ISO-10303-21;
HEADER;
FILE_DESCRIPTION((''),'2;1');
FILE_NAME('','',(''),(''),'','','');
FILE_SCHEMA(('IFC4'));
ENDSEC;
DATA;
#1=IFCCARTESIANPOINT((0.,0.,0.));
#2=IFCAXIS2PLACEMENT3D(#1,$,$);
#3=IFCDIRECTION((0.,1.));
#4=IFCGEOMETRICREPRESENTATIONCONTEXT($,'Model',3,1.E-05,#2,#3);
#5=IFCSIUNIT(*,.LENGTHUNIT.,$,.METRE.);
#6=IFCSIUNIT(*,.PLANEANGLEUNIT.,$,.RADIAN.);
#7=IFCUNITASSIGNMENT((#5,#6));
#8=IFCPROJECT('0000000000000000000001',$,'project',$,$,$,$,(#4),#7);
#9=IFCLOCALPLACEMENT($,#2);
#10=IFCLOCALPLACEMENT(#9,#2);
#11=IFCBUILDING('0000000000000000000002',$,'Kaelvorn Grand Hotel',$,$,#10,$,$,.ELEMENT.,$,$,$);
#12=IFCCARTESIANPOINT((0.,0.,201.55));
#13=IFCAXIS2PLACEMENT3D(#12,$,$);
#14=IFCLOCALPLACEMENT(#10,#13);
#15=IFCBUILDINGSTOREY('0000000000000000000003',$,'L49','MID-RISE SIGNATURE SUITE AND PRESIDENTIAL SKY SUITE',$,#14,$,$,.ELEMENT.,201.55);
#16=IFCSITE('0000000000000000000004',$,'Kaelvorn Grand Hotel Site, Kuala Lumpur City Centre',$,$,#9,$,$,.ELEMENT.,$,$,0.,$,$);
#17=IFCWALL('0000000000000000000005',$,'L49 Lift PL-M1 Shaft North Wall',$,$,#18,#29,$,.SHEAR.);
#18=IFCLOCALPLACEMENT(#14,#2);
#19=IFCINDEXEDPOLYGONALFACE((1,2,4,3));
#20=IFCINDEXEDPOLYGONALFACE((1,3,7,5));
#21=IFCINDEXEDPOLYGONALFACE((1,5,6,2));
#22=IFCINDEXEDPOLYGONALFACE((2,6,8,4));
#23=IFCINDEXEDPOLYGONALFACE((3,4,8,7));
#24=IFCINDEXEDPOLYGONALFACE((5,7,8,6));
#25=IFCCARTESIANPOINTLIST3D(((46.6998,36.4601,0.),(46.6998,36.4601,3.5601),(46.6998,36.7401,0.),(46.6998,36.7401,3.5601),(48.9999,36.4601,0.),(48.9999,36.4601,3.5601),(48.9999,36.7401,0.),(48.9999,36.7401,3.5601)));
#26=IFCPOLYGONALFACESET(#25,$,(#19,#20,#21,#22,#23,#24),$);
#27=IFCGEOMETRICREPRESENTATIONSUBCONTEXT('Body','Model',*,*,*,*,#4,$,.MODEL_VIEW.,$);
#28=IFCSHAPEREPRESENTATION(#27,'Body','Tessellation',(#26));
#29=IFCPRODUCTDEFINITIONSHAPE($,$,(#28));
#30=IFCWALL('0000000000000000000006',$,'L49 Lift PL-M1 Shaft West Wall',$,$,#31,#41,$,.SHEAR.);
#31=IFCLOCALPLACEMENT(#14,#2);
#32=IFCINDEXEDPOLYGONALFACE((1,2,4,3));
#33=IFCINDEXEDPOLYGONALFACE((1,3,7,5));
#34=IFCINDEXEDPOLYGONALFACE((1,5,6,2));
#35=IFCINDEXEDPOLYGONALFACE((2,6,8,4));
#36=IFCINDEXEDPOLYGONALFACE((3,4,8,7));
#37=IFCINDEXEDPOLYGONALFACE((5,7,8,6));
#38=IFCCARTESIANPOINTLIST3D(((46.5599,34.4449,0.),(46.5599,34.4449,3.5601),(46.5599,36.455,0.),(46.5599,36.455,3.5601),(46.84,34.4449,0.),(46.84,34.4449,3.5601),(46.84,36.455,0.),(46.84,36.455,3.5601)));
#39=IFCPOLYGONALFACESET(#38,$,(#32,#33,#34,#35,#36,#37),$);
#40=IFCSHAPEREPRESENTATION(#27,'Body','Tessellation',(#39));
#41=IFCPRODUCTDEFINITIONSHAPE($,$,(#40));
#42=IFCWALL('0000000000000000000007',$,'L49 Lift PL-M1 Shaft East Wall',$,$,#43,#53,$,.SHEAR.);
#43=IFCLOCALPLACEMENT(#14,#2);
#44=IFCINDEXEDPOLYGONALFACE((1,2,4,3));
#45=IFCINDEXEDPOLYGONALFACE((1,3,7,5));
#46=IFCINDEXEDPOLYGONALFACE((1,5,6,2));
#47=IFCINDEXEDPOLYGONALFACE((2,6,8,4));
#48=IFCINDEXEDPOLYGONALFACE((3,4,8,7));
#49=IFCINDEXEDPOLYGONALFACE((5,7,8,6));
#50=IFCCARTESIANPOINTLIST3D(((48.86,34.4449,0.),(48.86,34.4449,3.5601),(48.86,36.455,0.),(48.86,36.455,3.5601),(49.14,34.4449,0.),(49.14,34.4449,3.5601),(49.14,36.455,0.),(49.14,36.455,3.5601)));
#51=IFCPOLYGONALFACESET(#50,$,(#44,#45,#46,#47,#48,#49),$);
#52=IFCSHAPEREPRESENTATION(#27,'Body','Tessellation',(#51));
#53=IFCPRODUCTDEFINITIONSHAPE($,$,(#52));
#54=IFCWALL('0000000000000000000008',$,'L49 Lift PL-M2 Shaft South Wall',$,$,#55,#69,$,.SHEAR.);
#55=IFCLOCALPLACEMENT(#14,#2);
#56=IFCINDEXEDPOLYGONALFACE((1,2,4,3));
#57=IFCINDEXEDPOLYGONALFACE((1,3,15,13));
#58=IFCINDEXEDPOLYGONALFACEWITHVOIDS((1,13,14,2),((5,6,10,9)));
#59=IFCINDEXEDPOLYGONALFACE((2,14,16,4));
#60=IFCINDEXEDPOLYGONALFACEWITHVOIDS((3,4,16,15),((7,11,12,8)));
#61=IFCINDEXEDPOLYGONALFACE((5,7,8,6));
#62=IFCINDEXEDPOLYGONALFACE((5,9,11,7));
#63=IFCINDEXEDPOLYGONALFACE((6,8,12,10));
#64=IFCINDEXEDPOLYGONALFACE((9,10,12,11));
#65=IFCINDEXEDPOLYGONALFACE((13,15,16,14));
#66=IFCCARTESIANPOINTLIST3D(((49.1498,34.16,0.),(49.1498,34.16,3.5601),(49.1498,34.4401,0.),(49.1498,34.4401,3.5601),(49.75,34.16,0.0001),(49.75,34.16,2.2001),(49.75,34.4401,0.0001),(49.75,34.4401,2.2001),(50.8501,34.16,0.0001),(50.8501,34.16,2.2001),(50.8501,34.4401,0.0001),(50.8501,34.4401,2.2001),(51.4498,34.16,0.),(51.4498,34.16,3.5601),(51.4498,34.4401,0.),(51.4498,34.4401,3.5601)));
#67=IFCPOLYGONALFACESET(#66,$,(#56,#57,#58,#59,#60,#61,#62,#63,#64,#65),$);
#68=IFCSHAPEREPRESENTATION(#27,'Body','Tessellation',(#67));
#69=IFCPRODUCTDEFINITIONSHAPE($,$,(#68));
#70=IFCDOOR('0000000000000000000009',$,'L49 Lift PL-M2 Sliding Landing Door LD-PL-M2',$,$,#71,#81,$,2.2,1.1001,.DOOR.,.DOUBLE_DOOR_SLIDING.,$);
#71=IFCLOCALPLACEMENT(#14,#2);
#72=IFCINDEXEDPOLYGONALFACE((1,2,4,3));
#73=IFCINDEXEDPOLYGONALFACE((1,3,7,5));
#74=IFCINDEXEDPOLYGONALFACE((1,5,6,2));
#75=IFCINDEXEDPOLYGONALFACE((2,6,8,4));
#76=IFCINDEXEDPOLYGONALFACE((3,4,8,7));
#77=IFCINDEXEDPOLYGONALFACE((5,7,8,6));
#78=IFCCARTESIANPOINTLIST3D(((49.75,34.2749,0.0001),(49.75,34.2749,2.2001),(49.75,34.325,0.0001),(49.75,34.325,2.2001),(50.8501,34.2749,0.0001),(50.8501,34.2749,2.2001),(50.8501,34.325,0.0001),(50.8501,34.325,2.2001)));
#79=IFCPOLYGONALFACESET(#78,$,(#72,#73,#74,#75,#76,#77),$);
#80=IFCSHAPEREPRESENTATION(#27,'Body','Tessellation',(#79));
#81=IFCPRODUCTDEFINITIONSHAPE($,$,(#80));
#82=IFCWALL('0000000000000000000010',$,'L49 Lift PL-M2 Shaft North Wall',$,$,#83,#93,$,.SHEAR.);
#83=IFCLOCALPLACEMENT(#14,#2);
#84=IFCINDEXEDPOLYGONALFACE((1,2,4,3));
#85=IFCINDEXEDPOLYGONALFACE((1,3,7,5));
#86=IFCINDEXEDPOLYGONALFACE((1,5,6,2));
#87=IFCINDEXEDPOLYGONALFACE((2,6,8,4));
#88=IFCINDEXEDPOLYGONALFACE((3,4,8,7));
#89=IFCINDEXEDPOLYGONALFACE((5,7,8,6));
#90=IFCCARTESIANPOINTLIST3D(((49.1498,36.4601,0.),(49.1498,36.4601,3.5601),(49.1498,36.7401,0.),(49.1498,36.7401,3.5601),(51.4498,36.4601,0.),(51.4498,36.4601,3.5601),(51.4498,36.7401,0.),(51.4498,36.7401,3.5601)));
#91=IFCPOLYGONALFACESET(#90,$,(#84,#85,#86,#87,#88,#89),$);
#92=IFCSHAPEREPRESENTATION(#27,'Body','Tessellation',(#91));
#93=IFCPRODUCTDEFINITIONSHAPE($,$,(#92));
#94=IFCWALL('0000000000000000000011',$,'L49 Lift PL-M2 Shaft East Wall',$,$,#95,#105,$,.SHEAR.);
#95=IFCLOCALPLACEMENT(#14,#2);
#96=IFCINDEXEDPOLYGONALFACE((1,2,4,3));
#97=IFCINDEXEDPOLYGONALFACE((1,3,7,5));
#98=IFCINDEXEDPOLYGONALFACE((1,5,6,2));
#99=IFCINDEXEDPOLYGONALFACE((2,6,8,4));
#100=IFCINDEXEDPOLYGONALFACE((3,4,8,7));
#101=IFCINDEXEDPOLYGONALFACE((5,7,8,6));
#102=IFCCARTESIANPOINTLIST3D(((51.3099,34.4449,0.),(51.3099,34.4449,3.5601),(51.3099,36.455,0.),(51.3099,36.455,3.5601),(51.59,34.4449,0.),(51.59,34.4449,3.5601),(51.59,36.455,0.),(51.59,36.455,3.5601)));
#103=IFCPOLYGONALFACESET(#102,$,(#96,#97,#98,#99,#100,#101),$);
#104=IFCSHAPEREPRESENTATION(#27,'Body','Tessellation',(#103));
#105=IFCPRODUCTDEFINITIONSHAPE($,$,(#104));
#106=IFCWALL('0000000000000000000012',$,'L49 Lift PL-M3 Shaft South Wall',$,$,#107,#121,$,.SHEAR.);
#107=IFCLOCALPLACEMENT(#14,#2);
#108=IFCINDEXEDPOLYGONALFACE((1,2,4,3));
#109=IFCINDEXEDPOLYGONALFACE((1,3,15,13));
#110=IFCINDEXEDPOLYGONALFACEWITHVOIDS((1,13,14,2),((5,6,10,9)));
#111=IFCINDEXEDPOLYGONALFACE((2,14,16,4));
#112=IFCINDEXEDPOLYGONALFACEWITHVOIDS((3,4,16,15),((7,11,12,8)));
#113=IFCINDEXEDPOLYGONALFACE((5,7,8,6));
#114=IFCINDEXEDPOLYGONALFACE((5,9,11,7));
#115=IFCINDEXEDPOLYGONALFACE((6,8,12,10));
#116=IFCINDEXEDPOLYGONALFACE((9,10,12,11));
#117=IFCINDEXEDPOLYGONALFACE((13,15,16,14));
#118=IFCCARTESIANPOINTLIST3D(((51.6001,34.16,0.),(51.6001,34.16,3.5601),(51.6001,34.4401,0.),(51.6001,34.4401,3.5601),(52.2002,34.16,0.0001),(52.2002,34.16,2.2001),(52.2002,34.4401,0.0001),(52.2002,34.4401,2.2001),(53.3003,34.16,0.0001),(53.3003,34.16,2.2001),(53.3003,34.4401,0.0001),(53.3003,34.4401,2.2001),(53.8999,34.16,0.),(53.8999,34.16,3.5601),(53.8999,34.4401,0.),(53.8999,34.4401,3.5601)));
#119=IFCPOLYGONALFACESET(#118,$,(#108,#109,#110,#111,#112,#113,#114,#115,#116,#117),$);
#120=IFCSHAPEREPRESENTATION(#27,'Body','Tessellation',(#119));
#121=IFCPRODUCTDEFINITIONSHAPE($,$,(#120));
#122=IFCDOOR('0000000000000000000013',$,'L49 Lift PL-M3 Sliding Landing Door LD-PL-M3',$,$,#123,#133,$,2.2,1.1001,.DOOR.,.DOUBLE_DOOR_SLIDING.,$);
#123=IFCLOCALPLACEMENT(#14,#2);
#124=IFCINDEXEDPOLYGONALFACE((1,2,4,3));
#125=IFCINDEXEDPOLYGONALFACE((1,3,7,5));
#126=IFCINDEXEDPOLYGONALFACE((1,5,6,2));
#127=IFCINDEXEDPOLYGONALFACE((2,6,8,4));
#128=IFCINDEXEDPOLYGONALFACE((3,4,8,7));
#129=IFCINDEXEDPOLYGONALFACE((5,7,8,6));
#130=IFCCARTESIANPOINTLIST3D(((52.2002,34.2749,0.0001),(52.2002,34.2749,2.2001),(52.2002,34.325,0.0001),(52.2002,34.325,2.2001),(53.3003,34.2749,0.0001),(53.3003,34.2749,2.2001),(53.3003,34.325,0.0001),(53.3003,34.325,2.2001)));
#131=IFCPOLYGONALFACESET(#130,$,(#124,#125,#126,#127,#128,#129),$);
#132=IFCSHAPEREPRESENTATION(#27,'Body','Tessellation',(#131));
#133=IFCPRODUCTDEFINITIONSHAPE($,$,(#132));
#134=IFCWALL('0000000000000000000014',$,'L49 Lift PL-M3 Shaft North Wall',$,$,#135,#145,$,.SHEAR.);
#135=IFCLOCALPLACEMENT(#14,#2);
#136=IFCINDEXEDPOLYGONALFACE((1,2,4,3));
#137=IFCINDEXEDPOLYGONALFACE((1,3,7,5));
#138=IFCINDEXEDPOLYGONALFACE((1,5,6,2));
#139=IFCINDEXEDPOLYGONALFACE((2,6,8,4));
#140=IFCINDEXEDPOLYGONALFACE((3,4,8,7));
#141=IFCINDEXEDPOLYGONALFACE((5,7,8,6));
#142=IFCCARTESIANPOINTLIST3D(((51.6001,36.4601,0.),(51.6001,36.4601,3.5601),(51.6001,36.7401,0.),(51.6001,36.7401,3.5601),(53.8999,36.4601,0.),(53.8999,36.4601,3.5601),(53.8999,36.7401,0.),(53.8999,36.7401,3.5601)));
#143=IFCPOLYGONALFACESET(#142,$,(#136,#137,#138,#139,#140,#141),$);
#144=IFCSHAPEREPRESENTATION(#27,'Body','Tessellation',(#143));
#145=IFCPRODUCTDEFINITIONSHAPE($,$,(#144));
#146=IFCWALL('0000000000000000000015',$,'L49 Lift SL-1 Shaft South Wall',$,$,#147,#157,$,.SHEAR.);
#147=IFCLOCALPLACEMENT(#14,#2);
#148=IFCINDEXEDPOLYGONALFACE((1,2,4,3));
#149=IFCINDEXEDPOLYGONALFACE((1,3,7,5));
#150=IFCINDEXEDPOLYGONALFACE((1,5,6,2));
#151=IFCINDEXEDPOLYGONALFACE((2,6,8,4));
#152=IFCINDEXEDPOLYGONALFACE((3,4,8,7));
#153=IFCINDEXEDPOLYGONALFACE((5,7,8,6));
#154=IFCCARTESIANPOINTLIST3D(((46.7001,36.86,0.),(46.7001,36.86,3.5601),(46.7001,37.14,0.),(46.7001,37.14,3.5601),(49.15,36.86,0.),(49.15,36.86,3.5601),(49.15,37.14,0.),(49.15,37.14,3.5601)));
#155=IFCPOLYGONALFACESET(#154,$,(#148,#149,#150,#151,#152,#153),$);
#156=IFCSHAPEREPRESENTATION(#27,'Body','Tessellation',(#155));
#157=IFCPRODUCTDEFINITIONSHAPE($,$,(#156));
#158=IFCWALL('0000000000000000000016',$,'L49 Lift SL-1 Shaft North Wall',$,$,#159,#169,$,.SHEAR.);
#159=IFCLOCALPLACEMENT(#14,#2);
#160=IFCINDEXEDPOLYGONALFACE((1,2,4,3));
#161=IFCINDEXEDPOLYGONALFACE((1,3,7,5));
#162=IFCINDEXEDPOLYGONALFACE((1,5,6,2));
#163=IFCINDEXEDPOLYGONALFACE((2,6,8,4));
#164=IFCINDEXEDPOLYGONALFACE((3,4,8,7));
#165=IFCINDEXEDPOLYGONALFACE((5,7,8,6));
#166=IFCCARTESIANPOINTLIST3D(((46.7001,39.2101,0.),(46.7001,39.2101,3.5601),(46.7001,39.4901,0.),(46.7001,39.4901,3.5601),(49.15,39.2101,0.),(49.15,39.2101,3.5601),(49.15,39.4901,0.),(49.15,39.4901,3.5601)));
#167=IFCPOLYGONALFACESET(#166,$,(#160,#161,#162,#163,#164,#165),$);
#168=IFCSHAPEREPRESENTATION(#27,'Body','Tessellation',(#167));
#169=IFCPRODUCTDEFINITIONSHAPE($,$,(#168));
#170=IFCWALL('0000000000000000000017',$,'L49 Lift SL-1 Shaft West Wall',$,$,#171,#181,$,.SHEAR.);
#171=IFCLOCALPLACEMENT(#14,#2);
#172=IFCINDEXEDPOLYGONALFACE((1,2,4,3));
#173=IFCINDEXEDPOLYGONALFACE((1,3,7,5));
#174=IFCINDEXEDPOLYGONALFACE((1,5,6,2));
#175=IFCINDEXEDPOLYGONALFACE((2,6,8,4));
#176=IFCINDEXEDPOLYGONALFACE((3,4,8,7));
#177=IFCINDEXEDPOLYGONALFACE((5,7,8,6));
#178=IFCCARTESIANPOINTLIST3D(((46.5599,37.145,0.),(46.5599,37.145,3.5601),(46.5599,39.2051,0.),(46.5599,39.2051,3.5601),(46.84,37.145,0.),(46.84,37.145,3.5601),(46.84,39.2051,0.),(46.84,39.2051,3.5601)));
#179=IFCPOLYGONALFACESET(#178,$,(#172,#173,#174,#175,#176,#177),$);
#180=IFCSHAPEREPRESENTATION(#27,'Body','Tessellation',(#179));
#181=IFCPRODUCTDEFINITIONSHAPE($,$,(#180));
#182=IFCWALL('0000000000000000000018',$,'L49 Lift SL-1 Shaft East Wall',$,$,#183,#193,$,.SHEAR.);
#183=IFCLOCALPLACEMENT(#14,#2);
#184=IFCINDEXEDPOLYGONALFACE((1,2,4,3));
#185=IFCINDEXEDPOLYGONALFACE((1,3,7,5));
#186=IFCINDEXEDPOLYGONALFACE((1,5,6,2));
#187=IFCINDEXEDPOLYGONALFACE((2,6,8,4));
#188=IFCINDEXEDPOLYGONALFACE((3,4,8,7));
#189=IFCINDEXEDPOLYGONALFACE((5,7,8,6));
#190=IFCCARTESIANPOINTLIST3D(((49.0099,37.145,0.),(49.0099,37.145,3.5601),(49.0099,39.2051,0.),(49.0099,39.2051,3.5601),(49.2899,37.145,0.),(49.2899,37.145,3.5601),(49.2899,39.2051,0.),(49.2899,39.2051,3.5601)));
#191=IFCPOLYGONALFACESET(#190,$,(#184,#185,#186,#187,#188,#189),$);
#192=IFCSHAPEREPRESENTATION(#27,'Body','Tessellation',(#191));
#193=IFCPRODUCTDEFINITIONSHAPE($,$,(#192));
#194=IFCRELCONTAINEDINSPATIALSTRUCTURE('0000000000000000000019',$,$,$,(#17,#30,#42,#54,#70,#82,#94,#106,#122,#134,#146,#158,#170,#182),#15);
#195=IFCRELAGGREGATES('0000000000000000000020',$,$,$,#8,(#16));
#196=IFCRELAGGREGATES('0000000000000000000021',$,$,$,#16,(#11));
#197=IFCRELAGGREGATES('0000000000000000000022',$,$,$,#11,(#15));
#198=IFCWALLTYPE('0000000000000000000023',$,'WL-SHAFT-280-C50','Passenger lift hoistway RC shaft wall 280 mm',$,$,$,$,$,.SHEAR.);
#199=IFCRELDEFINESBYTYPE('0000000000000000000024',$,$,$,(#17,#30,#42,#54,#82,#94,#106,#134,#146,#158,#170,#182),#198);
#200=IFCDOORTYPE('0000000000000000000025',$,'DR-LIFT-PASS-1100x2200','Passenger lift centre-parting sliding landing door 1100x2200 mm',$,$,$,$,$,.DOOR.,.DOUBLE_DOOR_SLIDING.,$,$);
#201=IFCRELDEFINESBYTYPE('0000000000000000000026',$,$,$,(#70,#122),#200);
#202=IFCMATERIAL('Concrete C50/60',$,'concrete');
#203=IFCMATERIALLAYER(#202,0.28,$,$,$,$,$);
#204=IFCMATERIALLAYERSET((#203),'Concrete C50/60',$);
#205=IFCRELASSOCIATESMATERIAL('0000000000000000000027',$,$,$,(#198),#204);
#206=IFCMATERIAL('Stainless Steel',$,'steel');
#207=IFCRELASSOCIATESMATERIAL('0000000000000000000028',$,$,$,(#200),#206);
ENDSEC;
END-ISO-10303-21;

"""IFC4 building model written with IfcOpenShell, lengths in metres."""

from ifc_helpers import new_model, si_unit, direction, frame, frame_2d, origin, place, context, subcontext, project, spatial, rectangle, extrude, material, layer, layer_set, type_object, element, fill, save


model = new_model("IFC4")

# Units and contexts
model_context = context("Model", 3, precision=1e-05, world=origin(), true_north=direction((0.0, 1.0)))
body_context = subcontext(model_context, "Body", "Model", "MODEL_VIEW")
ifc_project = project(units=[si_unit("LENGTHUNIT", "METRE"), si_unit("PLANEANGLEUNIT", "RADIAN")], contexts=[model_context])

# Site, building, storey
site_placement = place(None, origin())
site = spatial("IfcSite", under=ifc_project, at=site_placement, Name="Kaelvorn Grand Hotel Site, Kuala Lumpur City Centre", CompositionType="ELEMENT", RefElevation=0.0)
building_placement = place(site_placement, origin())
building = spatial("IfcBuilding", under=site, at=building_placement, Name="Kaelvorn Grand Hotel", CompositionType="ELEMENT")
storey_placement = place(building_placement, frame((0.0, 0.0, 201.55)))
storey = spatial("IfcBuildingStorey", under=building, at=storey_placement, Name="L49", Description="MID-RISE SIGNATURE SUITE AND PRESIDENTIAL SKY SUITE", CompositionType="ELEMENT", Elevation=201.55)

# Shared definitions
ifc_material_1 = material(Name="Concrete C50/60", Category="concrete")

# Shared definitions
ifc_layer_1 = layer(ifc_material_1, 0.28)
ifc_layer_set_1 = layer_set([ifc_layer_1], Name="Concrete C50/60")
wall_type_1 = type_object("IfcWallType", Name="WL-SHAFT-280-C50", Description="Passenger lift hoistway RC shaft wall 280 mm", PredefinedType="SHEAR", material=ifc_layer_set_1)
ifc_material_2 = material(Name="Stainless Steel", Category="steel")
door_type_1 = type_object("IfcDoorType", Name="DR-LIFT-PASS-1100x2200", Description="Passenger lift centre-parting sliding landing door 1100x2200 mm", OperationType="DOUBLE_DOOR_SLIDING", PredefinedType="DOOR", material=ifc_material_2)

# Walls
wall_1_placement = place(storey_placement, frame((46.7, 36.6001, 0.0), z_axis=(0.0, 0.0, 1.0), x_axis=(1.0, 0.0, 0.0)))
element("IfcWall", 1, at=wall_1_placement, inside=storey, type_object=wall_type_1, Name="L49 Lift PL-M1 Shaft North Wall", PredefinedType="SHEAR", context=body_context, shape_type="SweptSolid", body=[
    extrude(rectangle(XDim=2.3, YDim=0.28, at=frame_2d((1.1499, 0.0))), origin(), (0.0, 0.0, 1.0), 3.5601),
])
for number, where, z_axis, x_axis, name in (
    (2, (46.7, 34.4451, 0.0), (0.0, 0.0, 1.0), (0.0, 1.0, 0.0), "L49 Lift PL-M1 Shaft West Wall"),
    (3, (49.0, 34.4451, 0.0), (0.0, 0.0, 1.0), (0.0, 1.0, 0.0), "L49 Lift PL-M1 Shaft East Wall"),
):
    element("IfcWall", number, at=place(storey_placement, frame(where, z_axis=z_axis, x_axis=x_axis)), inside=storey, type_object=wall_type_1, Name=name, PredefinedType="SHEAR", context=body_context, shape_type="SweptSolid", body=[
        extrude(rectangle(XDim=2.01, YDim=0.28, at=frame_2d((1.0049, 0.0))), origin(), (0.0, 0.0, 1.0), 3.5601),
    ])

# Wall, opening, door
wall_2_placement = place(storey_placement, frame((49.1499, 34.3, 0.0), z_axis=(0.0, 0.0, 1.0), x_axis=(1.0, 0.0, 0.0)))
wall_2 = element("IfcWall", 4, at=wall_2_placement, inside=storey, type_object=wall_type_1, Name="L49 Lift PL-M2 Shaft South Wall", PredefinedType="SHEAR", context=body_context, shape_type="SweptSolid", body=[
    extrude(rectangle(XDim=2.3, YDim=0.28, at=frame_2d((1.1499, 0.0))), origin(), (0.0, 0.0, 1.0), 3.5601),
])
opening_1_placement = place(wall_2_placement, frame((0.6001, 0.0, 0.0)))
opening_1 = element("IfcOpeningElement", 5, at=opening_1_placement, cuts=wall_2, PredefinedType="OPENING", context=body_context, shape_type="SweptSolid", body=[
    extrude(rectangle(XDim=1.1001, YDim=2.2, at=frame_2d((0.55, 1.1001))), frame((0.0, 0.1499, 0.0), z_axis=(0.0, -1.0, 0.0), x_axis=(1.0, 0.0, 0.0)), (0.0, 0.0, 1.0), 0.3),
])
door_1_placement = place(opening_1_placement, origin())
door_1 = element("IfcDoor", 6, at=door_1_placement, inside=storey, type_object=door_type_1, Name="L49 Lift PL-M2 Sliding Landing Door LD-PL-M2", OperationType="DOUBLE_DOOR_SLIDING", OverallHeight=2.2, OverallWidth=1.1001, PredefinedType="DOOR", context=body_context, shape_type="SweptSolid", body=[
    extrude(rectangle(XDim=1.1001, YDim=2.2, at=frame_2d((0.55, 1.1001))), frame((0.0, 0.0249, 0.0), z_axis=(0.0, -1.0, 0.0), x_axis=(1.0, 0.0, 0.0)), (0.0, 0.0, 1.0), 0.05),
])
fill(opening_1, door_1)

# Walls
wall_3_placement = place(storey_placement, frame((49.1499, 36.6001, 0.0), z_axis=(0.0, 0.0, 1.0), x_axis=(1.0, 0.0, 0.0)))
element("IfcWall", 7, at=wall_3_placement, inside=storey, type_object=wall_type_1, Name="L49 Lift PL-M2 Shaft North Wall", PredefinedType="SHEAR", context=body_context, shape_type="SweptSolid", body=[
    extrude(rectangle(XDim=2.3, YDim=0.28, at=frame_2d((1.1499, 0.0))), origin(), (0.0, 0.0, 1.0), 3.5601),
])
wall_4_placement = place(storey_placement, frame((51.45, 34.4451, 0.0), z_axis=(0.0, 0.0, 1.0), x_axis=(0.0, 1.0, 0.0)))
element("IfcWall", 8, at=wall_4_placement, inside=storey, type_object=wall_type_1, Name="L49 Lift PL-M2 Shaft East Wall", PredefinedType="SHEAR", context=body_context, shape_type="SweptSolid", body=[
    extrude(rectangle(XDim=2.01, YDim=0.28, at=frame_2d((1.0049, 0.0))), origin(), (0.0, 0.0, 1.0), 3.5601),
])

# Wall, opening, door
wall_5_placement = place(storey_placement, frame((51.6001, 34.3, 0.0), z_axis=(0.0, 0.0, 1.0), x_axis=(1.0, 0.0, 0.0)))
wall_5 = element("IfcWall", 9, at=wall_5_placement, inside=storey, type_object=wall_type_1, Name="L49 Lift PL-M3 Shaft South Wall", PredefinedType="SHEAR", context=body_context, shape_type="SweptSolid", body=[
    extrude(rectangle(XDim=2.2998, YDim=0.28, at=frame_2d((1.1499, 0.0))), origin(), (0.0, 0.0, 1.0), 3.5601),
])
opening_2_placement = place(wall_5_placement, frame((0.6001, 0.0, 0.0)))
opening_2 = element("IfcOpeningElement", 10, at=opening_2_placement, cuts=wall_5, PredefinedType="OPENING", context=body_context, shape_type="SweptSolid", body=[
    extrude(rectangle(XDim=1.1001, YDim=2.2, at=frame_2d((0.55, 1.1001))), frame((0.0, 0.1499, 0.0), z_axis=(0.0, -1.0, 0.0), x_axis=(1.0, 0.0, 0.0)), (0.0, 0.0, 1.0), 0.3),
])
door_2_placement = place(opening_2_placement, origin())
door_2 = element("IfcDoor", 11, at=door_2_placement, inside=storey, type_object=door_type_1, Name="L49 Lift PL-M3 Sliding Landing Door LD-PL-M3", OperationType="DOUBLE_DOOR_SLIDING", OverallHeight=2.2, OverallWidth=1.1001, PredefinedType="DOOR", context=body_context, shape_type="SweptSolid", body=[
    extrude(rectangle(XDim=1.1001, YDim=2.2, at=frame_2d((0.55, 1.1001))), frame((0.0, 0.0249, 0.0), z_axis=(0.0, -1.0, 0.0), x_axis=(1.0, 0.0, 0.0)), (0.0, 0.0, 1.0), 0.05),
])
fill(opening_2, door_2)

# Walls
wall_6_placement = place(storey_placement, frame((51.6001, 36.6001, 0.0), z_axis=(0.0, 0.0, 1.0), x_axis=(1.0, 0.0, 0.0)))
element("IfcWall", 12, at=wall_6_placement, inside=storey, type_object=wall_type_1, Name="L49 Lift PL-M3 Shaft North Wall", PredefinedType="SHEAR", context=body_context, shape_type="SweptSolid", body=[
    extrude(rectangle(XDim=2.2998, YDim=0.28, at=frame_2d((1.1499, 0.0))), origin(), (0.0, 0.0, 1.0), 3.5601),
])
for number, where, z_axis, x_axis, name in (
    (13, (46.7, 37.0, 0.0), (0.0, 0.0, 1.0), (1.0, 0.0, 0.0), "L49 Lift SL-1 Shaft South Wall"),
    (14, (46.7, 39.3501, 0.0), (0.0, 0.0, 1.0), (1.0, 0.0, 0.0), "L49 Lift SL-1 Shaft North Wall"),
):
    element("IfcWall", number, at=place(storey_placement, frame(where, z_axis=z_axis, x_axis=x_axis)), inside=storey, type_object=wall_type_1, Name=name, PredefinedType="SHEAR", context=body_context, shape_type="SweptSolid", body=[
        extrude(rectangle(XDim=2.45, YDim=0.28, at=frame_2d((1.2251, 0.0))), origin(), (0.0, 0.0, 1.0), 3.5601),
    ])
for number, where, z_axis, x_axis, name in (
    (15, (46.7, 37.145, 0.0), (0.0, 0.0, 1.0), (0.0, 1.0, 0.0), "L49 Lift SL-1 Shaft West Wall"),
    (16, (49.1499, 37.145, 0.0), (0.0, 0.0, 1.0), (0.0, 1.0, 0.0), "L49 Lift SL-1 Shaft East Wall"),
):
    element("IfcWall", number, at=place(storey_placement, frame(where, z_axis=z_axis, x_axis=x_axis)), inside=storey, type_object=wall_type_1, Name=name, PredefinedType="SHEAR", context=body_context, shape_type="SweptSolid", body=[
        extrude(rectangle(XDim=2.0601, YDim=0.28, at=frame_2d((1.03, 0.0))), origin(), (0.0, 0.0, 1.0), 3.5601),
    ])

save(model, "model.ifc")
